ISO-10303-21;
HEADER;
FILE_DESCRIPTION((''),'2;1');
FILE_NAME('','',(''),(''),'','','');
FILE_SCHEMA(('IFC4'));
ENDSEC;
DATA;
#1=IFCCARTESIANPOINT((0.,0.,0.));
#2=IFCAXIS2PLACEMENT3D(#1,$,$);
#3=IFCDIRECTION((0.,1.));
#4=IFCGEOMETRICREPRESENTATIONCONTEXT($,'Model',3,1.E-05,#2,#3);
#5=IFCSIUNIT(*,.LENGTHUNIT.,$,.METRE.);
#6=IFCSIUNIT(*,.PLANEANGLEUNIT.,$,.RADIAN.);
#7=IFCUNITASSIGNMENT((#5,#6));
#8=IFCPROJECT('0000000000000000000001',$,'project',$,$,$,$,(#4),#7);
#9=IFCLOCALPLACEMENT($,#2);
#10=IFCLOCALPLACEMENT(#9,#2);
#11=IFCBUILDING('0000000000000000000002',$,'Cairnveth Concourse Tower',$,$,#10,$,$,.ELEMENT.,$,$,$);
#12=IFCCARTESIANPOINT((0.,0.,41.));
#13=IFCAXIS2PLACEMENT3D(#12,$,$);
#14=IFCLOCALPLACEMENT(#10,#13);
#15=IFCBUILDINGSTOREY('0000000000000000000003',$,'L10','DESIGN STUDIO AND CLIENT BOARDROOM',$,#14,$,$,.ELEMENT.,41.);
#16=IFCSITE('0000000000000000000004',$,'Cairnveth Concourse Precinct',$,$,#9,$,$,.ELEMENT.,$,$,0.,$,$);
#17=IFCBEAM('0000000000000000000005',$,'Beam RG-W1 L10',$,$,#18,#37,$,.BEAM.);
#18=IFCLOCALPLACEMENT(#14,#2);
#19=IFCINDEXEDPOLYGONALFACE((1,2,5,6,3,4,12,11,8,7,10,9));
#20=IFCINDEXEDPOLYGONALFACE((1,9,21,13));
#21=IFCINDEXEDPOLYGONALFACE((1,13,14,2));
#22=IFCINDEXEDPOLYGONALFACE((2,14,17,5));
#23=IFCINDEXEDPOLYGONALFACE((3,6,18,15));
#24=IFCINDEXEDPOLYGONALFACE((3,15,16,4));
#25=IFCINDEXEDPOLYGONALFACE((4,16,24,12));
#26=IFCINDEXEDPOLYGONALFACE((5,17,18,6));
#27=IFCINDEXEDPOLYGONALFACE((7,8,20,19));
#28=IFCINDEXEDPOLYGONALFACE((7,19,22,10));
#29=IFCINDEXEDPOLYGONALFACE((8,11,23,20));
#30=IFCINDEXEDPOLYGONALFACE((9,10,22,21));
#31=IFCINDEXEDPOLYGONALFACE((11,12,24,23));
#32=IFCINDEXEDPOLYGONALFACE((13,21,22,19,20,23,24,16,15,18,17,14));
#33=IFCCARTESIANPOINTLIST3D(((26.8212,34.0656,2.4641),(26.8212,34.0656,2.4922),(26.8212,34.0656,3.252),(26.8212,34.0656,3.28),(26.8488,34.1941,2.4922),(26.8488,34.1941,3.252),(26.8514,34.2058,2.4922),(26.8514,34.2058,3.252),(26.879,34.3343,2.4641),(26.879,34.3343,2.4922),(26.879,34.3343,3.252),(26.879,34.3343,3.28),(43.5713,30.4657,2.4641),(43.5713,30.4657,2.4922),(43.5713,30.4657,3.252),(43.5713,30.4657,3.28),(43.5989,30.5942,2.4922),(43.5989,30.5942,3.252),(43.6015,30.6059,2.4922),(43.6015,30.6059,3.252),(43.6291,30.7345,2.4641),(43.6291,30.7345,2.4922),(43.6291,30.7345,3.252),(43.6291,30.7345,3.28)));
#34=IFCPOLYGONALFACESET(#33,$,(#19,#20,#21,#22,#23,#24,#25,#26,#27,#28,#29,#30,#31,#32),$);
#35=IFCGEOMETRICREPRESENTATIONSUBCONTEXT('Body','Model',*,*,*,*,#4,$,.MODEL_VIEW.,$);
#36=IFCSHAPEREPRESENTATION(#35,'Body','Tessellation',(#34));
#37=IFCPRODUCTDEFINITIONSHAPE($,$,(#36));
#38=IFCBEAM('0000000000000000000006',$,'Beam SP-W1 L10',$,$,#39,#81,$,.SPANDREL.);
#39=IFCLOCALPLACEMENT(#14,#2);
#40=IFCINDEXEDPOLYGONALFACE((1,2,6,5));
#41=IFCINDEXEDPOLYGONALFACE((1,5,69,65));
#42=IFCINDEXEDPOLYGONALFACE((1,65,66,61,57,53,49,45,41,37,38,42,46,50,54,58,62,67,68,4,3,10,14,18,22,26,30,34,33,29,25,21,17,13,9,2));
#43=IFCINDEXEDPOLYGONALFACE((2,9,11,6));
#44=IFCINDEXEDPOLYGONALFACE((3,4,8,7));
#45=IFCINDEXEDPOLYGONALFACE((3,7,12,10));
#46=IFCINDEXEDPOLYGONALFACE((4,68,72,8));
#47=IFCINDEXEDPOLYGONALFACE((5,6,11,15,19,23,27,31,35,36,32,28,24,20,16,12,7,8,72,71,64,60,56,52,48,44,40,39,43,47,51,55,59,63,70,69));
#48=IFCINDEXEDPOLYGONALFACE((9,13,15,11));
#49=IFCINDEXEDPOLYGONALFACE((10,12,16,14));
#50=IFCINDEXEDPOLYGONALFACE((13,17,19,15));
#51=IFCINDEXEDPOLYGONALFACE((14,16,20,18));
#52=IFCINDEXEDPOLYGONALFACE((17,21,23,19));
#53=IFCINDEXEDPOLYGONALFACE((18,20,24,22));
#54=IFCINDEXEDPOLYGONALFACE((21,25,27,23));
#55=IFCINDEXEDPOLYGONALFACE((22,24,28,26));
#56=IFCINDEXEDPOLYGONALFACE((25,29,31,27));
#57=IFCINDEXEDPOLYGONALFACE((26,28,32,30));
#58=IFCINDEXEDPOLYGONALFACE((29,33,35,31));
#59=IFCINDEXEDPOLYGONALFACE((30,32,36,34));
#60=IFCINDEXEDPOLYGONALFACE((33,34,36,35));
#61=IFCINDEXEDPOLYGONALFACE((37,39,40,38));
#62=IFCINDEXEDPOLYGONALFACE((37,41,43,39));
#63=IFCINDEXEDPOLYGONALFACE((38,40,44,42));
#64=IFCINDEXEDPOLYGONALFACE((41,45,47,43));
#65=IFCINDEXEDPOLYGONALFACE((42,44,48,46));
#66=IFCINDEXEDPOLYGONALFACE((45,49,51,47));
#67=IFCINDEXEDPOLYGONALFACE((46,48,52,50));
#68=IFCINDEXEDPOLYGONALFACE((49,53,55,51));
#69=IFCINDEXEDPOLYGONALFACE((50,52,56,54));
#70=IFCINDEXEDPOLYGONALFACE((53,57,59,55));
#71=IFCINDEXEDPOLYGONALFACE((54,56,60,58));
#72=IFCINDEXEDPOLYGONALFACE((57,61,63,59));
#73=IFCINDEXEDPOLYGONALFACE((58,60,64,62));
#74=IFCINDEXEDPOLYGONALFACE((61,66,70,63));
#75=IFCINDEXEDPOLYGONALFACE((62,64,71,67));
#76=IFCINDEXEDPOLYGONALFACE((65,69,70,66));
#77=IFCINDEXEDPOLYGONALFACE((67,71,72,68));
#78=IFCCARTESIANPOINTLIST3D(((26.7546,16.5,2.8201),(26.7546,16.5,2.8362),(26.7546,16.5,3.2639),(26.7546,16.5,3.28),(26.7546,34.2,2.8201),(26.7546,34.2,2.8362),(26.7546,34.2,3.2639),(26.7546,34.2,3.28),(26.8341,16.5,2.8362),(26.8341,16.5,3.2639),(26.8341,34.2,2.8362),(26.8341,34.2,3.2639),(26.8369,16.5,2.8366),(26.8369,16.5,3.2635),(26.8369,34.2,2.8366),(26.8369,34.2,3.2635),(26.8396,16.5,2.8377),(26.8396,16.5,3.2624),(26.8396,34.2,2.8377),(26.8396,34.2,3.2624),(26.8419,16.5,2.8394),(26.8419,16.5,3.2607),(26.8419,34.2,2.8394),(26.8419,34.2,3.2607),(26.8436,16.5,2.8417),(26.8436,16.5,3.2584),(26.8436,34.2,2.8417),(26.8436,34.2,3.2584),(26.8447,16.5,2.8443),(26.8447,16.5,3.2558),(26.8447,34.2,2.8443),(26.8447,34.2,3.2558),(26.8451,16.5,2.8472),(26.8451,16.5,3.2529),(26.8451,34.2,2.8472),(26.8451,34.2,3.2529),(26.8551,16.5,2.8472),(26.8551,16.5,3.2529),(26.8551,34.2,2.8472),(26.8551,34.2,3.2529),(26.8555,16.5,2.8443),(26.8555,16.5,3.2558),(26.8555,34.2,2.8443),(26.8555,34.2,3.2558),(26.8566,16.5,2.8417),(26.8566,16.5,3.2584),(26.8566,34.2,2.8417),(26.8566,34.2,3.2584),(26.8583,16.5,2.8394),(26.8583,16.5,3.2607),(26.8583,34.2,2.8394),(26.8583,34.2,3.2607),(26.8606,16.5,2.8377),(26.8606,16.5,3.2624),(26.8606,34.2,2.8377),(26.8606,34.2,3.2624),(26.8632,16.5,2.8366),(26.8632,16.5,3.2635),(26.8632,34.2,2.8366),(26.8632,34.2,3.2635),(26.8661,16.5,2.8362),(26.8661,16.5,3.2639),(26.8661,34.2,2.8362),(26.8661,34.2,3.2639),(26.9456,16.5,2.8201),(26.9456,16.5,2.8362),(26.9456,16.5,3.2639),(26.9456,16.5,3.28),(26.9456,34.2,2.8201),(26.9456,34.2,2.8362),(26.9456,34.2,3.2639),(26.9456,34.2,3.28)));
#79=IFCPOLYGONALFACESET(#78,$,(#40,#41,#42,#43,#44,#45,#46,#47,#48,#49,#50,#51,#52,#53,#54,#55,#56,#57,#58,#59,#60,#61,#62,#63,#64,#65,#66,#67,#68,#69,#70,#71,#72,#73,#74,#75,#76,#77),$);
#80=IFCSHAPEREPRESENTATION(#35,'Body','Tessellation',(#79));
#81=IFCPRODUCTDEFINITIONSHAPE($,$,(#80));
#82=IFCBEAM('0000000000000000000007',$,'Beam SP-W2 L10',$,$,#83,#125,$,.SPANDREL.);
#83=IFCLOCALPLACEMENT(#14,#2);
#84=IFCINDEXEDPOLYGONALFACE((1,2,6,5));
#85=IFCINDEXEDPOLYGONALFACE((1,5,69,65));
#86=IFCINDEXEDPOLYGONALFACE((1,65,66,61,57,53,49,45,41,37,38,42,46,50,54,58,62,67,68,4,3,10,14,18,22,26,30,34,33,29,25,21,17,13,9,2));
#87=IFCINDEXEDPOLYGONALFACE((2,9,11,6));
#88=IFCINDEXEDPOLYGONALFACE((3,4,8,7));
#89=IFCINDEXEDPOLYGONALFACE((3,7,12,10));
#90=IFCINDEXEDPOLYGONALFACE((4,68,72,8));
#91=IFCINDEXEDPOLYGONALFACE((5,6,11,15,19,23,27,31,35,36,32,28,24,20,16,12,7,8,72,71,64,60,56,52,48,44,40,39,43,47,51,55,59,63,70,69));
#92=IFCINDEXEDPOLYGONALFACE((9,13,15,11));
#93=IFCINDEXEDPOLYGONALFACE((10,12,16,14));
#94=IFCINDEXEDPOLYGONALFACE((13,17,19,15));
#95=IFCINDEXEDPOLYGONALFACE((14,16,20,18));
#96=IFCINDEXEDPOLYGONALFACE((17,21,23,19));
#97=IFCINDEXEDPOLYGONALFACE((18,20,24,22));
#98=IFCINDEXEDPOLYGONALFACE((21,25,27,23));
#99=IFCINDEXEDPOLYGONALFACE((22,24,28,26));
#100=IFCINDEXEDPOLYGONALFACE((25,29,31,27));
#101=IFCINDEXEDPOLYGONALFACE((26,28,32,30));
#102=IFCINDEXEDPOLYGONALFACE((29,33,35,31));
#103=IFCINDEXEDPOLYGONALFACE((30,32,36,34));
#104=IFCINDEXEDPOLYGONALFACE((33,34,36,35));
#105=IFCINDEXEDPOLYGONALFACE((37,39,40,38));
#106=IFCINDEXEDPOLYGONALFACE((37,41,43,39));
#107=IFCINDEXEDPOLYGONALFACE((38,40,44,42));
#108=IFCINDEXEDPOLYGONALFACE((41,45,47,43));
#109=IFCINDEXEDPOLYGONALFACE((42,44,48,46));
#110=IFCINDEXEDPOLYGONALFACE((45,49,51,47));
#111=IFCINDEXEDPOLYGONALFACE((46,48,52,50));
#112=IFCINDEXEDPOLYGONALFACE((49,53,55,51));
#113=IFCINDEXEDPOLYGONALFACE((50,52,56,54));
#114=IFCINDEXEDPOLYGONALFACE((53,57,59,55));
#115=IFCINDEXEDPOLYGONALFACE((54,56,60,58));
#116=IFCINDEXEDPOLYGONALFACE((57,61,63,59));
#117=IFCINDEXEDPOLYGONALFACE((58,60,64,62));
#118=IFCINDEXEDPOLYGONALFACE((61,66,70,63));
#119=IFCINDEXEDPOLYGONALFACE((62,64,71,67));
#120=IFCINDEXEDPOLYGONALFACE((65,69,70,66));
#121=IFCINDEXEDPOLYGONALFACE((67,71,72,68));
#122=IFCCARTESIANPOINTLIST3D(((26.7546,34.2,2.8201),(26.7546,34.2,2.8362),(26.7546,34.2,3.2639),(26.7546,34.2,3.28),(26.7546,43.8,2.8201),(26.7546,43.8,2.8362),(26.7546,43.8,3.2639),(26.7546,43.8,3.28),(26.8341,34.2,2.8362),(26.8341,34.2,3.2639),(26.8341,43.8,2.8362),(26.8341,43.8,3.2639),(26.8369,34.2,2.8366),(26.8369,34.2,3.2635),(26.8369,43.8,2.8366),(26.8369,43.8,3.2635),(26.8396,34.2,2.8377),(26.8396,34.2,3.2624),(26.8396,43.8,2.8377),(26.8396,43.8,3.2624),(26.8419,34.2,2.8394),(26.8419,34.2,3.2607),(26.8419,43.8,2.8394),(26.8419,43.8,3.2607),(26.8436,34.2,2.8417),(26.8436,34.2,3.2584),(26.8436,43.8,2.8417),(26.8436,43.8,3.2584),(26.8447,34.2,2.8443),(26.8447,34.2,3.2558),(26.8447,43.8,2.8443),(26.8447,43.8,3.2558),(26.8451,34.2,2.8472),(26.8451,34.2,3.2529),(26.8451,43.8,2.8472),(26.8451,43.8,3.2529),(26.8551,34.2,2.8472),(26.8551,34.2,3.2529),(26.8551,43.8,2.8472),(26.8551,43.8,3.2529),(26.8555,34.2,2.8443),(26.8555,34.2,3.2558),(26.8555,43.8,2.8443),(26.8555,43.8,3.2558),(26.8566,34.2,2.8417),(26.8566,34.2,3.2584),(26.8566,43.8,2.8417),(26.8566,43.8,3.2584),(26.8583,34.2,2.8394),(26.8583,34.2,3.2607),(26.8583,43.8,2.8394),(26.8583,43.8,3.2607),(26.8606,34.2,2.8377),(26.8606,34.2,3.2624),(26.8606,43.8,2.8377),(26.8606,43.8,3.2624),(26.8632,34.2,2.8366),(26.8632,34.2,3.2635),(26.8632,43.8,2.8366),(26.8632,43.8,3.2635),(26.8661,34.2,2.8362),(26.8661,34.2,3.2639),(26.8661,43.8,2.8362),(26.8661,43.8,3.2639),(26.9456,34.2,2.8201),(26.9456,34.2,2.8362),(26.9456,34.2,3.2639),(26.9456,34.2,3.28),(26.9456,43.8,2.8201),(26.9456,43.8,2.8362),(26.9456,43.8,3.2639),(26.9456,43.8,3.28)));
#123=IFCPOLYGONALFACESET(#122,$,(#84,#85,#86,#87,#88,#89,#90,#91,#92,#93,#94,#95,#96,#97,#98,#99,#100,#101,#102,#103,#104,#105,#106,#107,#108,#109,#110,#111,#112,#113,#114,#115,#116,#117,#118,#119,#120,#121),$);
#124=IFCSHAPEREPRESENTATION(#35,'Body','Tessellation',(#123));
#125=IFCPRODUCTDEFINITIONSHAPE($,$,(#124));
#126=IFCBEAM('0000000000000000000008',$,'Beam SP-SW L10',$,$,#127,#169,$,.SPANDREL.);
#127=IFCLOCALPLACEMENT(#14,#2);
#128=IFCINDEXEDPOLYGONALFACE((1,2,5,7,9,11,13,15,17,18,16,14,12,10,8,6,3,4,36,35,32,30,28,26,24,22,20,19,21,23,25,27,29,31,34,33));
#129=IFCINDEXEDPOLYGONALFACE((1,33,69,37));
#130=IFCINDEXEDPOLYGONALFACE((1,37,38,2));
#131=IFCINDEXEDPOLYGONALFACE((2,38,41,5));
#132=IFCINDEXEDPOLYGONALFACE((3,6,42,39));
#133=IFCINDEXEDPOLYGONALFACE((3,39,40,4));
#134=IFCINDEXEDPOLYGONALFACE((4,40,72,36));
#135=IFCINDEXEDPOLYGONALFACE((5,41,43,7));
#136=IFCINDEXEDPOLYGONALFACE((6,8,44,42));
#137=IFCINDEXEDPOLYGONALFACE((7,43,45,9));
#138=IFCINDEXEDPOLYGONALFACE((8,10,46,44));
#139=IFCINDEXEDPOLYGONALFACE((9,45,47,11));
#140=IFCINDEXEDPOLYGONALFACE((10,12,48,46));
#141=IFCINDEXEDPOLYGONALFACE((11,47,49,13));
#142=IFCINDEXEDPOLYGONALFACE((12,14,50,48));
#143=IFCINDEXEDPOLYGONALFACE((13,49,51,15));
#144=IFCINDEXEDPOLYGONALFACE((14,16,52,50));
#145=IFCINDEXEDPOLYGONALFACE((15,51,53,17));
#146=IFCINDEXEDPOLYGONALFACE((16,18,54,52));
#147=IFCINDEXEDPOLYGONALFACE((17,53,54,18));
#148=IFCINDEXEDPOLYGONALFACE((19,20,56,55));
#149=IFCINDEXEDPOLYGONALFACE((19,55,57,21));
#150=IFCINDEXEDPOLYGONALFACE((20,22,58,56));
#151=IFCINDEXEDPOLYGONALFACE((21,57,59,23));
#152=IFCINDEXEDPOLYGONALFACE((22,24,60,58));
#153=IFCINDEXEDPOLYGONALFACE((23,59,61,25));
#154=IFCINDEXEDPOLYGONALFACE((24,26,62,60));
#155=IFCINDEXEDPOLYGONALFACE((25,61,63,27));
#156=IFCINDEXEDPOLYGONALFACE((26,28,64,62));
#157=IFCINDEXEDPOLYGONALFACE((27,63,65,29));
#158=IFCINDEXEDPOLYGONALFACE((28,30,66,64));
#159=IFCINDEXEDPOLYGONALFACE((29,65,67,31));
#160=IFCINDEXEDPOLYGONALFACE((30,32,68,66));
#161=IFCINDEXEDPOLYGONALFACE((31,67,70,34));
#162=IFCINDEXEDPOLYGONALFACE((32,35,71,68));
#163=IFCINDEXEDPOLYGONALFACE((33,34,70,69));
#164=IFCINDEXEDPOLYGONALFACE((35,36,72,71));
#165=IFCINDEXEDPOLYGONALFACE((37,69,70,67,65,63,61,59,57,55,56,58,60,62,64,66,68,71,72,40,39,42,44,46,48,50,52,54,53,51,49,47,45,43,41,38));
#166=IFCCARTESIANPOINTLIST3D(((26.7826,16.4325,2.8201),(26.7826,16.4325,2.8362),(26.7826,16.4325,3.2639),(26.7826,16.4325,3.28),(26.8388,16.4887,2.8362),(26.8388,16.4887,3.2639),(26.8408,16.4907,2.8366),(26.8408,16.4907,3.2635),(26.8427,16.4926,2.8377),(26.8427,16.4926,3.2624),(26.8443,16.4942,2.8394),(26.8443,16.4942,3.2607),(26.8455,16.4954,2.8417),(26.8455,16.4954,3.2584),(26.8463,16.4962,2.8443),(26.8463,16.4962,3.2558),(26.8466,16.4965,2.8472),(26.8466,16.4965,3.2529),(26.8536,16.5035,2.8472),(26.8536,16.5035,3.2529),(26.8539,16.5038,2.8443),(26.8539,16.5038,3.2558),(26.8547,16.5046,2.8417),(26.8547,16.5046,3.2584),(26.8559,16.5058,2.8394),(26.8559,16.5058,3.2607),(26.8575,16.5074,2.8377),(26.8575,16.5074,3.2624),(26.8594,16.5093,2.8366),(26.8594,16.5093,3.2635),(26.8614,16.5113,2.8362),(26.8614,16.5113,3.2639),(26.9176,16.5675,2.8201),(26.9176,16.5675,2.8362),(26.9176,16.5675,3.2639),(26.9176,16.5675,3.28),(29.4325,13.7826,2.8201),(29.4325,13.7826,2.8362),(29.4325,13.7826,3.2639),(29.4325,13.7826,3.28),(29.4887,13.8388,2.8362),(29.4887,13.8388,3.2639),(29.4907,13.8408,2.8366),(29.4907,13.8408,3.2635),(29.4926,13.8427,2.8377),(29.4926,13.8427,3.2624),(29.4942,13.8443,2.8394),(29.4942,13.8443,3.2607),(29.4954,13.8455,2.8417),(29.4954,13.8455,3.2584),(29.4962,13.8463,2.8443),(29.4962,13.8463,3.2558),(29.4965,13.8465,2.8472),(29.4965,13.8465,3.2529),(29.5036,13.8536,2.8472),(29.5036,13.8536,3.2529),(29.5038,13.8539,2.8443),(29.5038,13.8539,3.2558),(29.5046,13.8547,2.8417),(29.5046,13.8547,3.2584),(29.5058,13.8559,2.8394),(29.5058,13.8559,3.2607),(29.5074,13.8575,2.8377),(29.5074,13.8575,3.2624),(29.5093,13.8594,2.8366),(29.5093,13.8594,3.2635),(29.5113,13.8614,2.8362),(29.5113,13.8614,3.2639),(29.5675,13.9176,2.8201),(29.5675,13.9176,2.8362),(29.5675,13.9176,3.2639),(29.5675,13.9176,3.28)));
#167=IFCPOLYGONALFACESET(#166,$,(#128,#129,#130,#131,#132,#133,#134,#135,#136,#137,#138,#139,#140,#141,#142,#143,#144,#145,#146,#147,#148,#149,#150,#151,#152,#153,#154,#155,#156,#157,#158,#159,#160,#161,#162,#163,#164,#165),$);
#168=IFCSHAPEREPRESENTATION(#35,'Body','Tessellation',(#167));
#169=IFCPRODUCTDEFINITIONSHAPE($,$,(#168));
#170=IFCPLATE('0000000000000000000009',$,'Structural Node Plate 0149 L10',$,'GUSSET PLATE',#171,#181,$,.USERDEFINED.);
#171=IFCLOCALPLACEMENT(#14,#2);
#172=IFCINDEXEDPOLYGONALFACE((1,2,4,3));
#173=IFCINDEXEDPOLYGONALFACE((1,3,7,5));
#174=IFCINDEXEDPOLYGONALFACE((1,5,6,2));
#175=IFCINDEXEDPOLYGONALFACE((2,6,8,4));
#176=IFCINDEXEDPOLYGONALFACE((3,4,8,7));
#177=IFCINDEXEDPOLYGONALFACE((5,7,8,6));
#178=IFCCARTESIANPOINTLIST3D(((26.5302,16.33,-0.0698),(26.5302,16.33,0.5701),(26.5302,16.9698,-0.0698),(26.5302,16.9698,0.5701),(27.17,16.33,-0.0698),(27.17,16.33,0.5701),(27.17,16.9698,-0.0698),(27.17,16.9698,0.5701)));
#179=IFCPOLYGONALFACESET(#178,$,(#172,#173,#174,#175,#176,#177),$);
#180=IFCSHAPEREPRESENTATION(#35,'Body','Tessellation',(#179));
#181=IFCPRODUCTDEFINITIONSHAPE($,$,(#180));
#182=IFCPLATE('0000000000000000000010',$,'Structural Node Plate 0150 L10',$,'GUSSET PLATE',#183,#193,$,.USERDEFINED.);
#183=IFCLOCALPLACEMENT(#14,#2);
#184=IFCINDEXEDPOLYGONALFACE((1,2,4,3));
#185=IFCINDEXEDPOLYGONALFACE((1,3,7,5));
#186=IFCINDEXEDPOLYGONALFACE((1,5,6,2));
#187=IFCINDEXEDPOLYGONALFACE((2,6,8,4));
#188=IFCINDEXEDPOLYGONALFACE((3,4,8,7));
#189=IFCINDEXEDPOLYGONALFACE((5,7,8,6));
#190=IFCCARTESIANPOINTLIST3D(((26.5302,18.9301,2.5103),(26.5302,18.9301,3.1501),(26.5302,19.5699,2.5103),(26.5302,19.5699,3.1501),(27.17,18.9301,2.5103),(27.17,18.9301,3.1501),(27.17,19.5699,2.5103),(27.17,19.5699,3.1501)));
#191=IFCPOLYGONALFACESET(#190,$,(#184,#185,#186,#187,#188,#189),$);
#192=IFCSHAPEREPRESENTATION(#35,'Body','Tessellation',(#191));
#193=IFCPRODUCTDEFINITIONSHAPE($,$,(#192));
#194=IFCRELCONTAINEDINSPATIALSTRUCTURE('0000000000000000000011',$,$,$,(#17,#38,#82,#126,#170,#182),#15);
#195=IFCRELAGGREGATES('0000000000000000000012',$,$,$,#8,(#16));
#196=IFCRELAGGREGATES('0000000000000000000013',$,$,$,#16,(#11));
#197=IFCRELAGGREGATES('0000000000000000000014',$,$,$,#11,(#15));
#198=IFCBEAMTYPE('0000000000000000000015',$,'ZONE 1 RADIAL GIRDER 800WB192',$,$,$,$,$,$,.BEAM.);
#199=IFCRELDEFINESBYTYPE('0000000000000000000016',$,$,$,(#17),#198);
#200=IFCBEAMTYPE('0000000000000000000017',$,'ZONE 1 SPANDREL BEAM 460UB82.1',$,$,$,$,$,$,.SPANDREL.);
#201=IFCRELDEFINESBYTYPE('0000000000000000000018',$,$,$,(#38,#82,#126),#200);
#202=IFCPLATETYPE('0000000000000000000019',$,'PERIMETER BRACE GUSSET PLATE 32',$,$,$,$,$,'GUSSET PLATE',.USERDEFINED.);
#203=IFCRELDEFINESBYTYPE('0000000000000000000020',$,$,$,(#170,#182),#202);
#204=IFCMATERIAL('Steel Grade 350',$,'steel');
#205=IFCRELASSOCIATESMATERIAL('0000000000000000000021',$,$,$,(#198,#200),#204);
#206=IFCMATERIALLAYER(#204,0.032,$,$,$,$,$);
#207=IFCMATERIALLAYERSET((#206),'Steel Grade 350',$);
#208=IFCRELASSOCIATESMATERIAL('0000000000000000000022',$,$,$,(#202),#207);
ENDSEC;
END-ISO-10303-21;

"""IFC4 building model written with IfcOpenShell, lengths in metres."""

from ifc_helpers import new_model, si_unit, direction, frame, origin, origin_2d, place, context, subcontext, project, spatial, rectangle, i_section, extrude, material, layer, layer_set, material_profile, profile_set, type_object, element, save


model = new_model("IFC4")

# Units and contexts
model_context = context("Model", 3, precision=1e-05, world=origin(), true_north=direction((0.0, 1.0)))
body_context = subcontext(model_context, "Body", "Model", "MODEL_VIEW")
ifc_project = project(units=[si_unit("LENGTHUNIT", "METRE"), si_unit("PLANEANGLEUNIT", "RADIAN")], contexts=[model_context])

# Site, building, storey
site_placement = place(None, origin())
site = spatial("IfcSite", under=ifc_project, at=site_placement, Name="Cairnveth Concourse Precinct", CompositionType="ELEMENT", RefElevation=0.0)
building_placement = place(site_placement, origin())
building = spatial("IfcBuilding", under=site, at=building_placement, Name="Cairnveth Concourse Tower", CompositionType="ELEMENT")
storey_placement = place(building_placement, frame((0.0, 0.0, 41.0)))
storey = spatial("IfcBuildingStorey", under=building, at=storey_placement, Name="L10", Description="DESIGN STUDIO AND CLIENT BOARDROOM", CompositionType="ELEMENT", Elevation=41.0)

# Shared definitions
ifc_material_1 = material(Name="Steel Grade 350", Category="steel")

# Beams
ifc_material_profile_1 = material_profile(ifc_material_1, i_section(OverallWidth=0.2749, OverallDepth=0.8159, WebThickness=0.012, FlangeThickness=0.0281, at=origin_2d()), Name="800WB192")
ifc_profile_set_1 = profile_set([ifc_material_profile_1], Name="Steel Grade 350")
beam_type_1 = type_object("IfcBeamType", Name="ZONE 1 RADIAL GIRDER 800WB192", PredefinedType="BEAM", material=ifc_profile_set_1)
beam_1_placement = place(storey_placement, frame((26.8501, 34.2, 2.8721), z_axis=(0.977676, -0.210119, 0.0), x_axis=(0.210119, 0.977676, 0.0)))
element("IfcBeam", 1, at=beam_1_placement, inside=storey, type_object=beam_type_1, Name="Beam RG-W1 L10", PredefinedType="BEAM", context=body_context, shape_type="SweptSolid", body=[
    extrude(i_section(OverallWidth=0.2749, OverallDepth=0.8159, WebThickness=0.012, FlangeThickness=0.0281, at=origin_2d()), origin(), (0.0, 0.0, 1.0), 17.1326),
])
ifc_material_profile_2 = material_profile(ifc_material_1, i_section(OverallWidth=0.1909, OverallDepth=0.46, WebThickness=0.01, FlangeThickness=0.0161, FilletRadius=0.011, at=origin_2d()), Name="460UB82.1")
ifc_profile_set_2 = profile_set([ifc_material_profile_2], Name="Steel Grade 350")
beam_type_2 = type_object("IfcBeamType", Name="ZONE 1 SPANDREL BEAM 460UB82.1", PredefinedType="SPANDREL", material=ifc_profile_set_2)
beam_2_placement = place(storey_placement, frame((26.8501, 16.5, 3.05), z_axis=(0.0, 1.0, 0.0), x_axis=(-1.0, 0.0, 0.0)))
element("IfcBeam", 2, at=beam_2_placement, inside=storey, type_object=beam_type_2, Name="Beam SP-W1 L10", PredefinedType="SPANDREL", context=body_context, shape_type="SweptSolid", body=[
    extrude(i_section(OverallWidth=0.1909, OverallDepth=0.46, WebThickness=0.01, FlangeThickness=0.0161, FilletRadius=0.011, at=origin_2d()), origin(), (0.0, 0.0, 1.0), 17.7),
])
beam_3_placement = place(storey_placement, frame((26.8501, 34.2, 3.05), z_axis=(0.0, 1.0, 0.0), x_axis=(-1.0, 0.0, 0.0)))
element("IfcBeam", 3, at=beam_3_placement, inside=storey, type_object=beam_type_2, Name="Beam SP-W2 L10", PredefinedType="SPANDREL", context=body_context, shape_type="SweptSolid", body=[
    extrude(i_section(OverallWidth=0.1909, OverallDepth=0.46, WebThickness=0.01, FlangeThickness=0.0161, FilletRadius=0.011, at=origin_2d()), origin(), (0.0, 0.0, 1.0), 9.6001),
])
beam_4_placement = place(storey_placement, frame((26.8501, 16.5, 3.05), z_axis=(0.707107, -0.707107, 0.0), x_axis=(0.707107, 0.707107, 0.0)))
element("IfcBeam", 4, at=beam_4_placement, inside=storey, type_object=beam_type_2, Name="Beam SP-SW L10", PredefinedType="SPANDREL", context=body_context, shape_type="SweptSolid", body=[
    extrude(i_section(OverallWidth=0.1909, OverallDepth=0.46, WebThickness=0.01, FlangeThickness=0.0161, FilletRadius=0.011, at=origin_2d()), origin(), (0.0, 0.0, 1.0), 3.7476),
])

# Plates
ifc_layer_1 = layer(ifc_material_1, 0.032)
ifc_layer_set_1 = layer_set([ifc_layer_1], Name="Steel Grade 350")
plate_type = type_object("IfcPlateType", Name="PERIMETER BRACE GUSSET PLATE 32", ElementType="GUSSET PLATE", PredefinedType="USERDEFINED", material=ifc_layer_set_1)
for number, where, z_axis, x_axis, name in (
    (5, (26.8501, 16.6499, -0.0698), (0.0, 0.0, 1.0), (1.0, 0.0, 0.0), "Structural Node Plate 0149 L10"),
    (6, (26.8501, 19.25, 2.5103), (0.0, 0.0, 1.0), (1.0, 0.0, 0.0), "Structural Node Plate 0150 L10"),
):
    element("IfcPlate", number, at=place(storey_placement, frame(where, z_axis=z_axis, x_axis=x_axis)), inside=storey, type_object=plate_type, Name=name, ObjectType="GUSSET PLATE", PredefinedType="USERDEFINED", context=body_context, shape_type="SweptSolid", body=[
        extrude(rectangle(XDim=0.6399, YDim=0.6399, at=origin_2d()), origin(), (0.0, 0.0, 1.0), 0.6399),
    ])

save(model, "model.ifc")
